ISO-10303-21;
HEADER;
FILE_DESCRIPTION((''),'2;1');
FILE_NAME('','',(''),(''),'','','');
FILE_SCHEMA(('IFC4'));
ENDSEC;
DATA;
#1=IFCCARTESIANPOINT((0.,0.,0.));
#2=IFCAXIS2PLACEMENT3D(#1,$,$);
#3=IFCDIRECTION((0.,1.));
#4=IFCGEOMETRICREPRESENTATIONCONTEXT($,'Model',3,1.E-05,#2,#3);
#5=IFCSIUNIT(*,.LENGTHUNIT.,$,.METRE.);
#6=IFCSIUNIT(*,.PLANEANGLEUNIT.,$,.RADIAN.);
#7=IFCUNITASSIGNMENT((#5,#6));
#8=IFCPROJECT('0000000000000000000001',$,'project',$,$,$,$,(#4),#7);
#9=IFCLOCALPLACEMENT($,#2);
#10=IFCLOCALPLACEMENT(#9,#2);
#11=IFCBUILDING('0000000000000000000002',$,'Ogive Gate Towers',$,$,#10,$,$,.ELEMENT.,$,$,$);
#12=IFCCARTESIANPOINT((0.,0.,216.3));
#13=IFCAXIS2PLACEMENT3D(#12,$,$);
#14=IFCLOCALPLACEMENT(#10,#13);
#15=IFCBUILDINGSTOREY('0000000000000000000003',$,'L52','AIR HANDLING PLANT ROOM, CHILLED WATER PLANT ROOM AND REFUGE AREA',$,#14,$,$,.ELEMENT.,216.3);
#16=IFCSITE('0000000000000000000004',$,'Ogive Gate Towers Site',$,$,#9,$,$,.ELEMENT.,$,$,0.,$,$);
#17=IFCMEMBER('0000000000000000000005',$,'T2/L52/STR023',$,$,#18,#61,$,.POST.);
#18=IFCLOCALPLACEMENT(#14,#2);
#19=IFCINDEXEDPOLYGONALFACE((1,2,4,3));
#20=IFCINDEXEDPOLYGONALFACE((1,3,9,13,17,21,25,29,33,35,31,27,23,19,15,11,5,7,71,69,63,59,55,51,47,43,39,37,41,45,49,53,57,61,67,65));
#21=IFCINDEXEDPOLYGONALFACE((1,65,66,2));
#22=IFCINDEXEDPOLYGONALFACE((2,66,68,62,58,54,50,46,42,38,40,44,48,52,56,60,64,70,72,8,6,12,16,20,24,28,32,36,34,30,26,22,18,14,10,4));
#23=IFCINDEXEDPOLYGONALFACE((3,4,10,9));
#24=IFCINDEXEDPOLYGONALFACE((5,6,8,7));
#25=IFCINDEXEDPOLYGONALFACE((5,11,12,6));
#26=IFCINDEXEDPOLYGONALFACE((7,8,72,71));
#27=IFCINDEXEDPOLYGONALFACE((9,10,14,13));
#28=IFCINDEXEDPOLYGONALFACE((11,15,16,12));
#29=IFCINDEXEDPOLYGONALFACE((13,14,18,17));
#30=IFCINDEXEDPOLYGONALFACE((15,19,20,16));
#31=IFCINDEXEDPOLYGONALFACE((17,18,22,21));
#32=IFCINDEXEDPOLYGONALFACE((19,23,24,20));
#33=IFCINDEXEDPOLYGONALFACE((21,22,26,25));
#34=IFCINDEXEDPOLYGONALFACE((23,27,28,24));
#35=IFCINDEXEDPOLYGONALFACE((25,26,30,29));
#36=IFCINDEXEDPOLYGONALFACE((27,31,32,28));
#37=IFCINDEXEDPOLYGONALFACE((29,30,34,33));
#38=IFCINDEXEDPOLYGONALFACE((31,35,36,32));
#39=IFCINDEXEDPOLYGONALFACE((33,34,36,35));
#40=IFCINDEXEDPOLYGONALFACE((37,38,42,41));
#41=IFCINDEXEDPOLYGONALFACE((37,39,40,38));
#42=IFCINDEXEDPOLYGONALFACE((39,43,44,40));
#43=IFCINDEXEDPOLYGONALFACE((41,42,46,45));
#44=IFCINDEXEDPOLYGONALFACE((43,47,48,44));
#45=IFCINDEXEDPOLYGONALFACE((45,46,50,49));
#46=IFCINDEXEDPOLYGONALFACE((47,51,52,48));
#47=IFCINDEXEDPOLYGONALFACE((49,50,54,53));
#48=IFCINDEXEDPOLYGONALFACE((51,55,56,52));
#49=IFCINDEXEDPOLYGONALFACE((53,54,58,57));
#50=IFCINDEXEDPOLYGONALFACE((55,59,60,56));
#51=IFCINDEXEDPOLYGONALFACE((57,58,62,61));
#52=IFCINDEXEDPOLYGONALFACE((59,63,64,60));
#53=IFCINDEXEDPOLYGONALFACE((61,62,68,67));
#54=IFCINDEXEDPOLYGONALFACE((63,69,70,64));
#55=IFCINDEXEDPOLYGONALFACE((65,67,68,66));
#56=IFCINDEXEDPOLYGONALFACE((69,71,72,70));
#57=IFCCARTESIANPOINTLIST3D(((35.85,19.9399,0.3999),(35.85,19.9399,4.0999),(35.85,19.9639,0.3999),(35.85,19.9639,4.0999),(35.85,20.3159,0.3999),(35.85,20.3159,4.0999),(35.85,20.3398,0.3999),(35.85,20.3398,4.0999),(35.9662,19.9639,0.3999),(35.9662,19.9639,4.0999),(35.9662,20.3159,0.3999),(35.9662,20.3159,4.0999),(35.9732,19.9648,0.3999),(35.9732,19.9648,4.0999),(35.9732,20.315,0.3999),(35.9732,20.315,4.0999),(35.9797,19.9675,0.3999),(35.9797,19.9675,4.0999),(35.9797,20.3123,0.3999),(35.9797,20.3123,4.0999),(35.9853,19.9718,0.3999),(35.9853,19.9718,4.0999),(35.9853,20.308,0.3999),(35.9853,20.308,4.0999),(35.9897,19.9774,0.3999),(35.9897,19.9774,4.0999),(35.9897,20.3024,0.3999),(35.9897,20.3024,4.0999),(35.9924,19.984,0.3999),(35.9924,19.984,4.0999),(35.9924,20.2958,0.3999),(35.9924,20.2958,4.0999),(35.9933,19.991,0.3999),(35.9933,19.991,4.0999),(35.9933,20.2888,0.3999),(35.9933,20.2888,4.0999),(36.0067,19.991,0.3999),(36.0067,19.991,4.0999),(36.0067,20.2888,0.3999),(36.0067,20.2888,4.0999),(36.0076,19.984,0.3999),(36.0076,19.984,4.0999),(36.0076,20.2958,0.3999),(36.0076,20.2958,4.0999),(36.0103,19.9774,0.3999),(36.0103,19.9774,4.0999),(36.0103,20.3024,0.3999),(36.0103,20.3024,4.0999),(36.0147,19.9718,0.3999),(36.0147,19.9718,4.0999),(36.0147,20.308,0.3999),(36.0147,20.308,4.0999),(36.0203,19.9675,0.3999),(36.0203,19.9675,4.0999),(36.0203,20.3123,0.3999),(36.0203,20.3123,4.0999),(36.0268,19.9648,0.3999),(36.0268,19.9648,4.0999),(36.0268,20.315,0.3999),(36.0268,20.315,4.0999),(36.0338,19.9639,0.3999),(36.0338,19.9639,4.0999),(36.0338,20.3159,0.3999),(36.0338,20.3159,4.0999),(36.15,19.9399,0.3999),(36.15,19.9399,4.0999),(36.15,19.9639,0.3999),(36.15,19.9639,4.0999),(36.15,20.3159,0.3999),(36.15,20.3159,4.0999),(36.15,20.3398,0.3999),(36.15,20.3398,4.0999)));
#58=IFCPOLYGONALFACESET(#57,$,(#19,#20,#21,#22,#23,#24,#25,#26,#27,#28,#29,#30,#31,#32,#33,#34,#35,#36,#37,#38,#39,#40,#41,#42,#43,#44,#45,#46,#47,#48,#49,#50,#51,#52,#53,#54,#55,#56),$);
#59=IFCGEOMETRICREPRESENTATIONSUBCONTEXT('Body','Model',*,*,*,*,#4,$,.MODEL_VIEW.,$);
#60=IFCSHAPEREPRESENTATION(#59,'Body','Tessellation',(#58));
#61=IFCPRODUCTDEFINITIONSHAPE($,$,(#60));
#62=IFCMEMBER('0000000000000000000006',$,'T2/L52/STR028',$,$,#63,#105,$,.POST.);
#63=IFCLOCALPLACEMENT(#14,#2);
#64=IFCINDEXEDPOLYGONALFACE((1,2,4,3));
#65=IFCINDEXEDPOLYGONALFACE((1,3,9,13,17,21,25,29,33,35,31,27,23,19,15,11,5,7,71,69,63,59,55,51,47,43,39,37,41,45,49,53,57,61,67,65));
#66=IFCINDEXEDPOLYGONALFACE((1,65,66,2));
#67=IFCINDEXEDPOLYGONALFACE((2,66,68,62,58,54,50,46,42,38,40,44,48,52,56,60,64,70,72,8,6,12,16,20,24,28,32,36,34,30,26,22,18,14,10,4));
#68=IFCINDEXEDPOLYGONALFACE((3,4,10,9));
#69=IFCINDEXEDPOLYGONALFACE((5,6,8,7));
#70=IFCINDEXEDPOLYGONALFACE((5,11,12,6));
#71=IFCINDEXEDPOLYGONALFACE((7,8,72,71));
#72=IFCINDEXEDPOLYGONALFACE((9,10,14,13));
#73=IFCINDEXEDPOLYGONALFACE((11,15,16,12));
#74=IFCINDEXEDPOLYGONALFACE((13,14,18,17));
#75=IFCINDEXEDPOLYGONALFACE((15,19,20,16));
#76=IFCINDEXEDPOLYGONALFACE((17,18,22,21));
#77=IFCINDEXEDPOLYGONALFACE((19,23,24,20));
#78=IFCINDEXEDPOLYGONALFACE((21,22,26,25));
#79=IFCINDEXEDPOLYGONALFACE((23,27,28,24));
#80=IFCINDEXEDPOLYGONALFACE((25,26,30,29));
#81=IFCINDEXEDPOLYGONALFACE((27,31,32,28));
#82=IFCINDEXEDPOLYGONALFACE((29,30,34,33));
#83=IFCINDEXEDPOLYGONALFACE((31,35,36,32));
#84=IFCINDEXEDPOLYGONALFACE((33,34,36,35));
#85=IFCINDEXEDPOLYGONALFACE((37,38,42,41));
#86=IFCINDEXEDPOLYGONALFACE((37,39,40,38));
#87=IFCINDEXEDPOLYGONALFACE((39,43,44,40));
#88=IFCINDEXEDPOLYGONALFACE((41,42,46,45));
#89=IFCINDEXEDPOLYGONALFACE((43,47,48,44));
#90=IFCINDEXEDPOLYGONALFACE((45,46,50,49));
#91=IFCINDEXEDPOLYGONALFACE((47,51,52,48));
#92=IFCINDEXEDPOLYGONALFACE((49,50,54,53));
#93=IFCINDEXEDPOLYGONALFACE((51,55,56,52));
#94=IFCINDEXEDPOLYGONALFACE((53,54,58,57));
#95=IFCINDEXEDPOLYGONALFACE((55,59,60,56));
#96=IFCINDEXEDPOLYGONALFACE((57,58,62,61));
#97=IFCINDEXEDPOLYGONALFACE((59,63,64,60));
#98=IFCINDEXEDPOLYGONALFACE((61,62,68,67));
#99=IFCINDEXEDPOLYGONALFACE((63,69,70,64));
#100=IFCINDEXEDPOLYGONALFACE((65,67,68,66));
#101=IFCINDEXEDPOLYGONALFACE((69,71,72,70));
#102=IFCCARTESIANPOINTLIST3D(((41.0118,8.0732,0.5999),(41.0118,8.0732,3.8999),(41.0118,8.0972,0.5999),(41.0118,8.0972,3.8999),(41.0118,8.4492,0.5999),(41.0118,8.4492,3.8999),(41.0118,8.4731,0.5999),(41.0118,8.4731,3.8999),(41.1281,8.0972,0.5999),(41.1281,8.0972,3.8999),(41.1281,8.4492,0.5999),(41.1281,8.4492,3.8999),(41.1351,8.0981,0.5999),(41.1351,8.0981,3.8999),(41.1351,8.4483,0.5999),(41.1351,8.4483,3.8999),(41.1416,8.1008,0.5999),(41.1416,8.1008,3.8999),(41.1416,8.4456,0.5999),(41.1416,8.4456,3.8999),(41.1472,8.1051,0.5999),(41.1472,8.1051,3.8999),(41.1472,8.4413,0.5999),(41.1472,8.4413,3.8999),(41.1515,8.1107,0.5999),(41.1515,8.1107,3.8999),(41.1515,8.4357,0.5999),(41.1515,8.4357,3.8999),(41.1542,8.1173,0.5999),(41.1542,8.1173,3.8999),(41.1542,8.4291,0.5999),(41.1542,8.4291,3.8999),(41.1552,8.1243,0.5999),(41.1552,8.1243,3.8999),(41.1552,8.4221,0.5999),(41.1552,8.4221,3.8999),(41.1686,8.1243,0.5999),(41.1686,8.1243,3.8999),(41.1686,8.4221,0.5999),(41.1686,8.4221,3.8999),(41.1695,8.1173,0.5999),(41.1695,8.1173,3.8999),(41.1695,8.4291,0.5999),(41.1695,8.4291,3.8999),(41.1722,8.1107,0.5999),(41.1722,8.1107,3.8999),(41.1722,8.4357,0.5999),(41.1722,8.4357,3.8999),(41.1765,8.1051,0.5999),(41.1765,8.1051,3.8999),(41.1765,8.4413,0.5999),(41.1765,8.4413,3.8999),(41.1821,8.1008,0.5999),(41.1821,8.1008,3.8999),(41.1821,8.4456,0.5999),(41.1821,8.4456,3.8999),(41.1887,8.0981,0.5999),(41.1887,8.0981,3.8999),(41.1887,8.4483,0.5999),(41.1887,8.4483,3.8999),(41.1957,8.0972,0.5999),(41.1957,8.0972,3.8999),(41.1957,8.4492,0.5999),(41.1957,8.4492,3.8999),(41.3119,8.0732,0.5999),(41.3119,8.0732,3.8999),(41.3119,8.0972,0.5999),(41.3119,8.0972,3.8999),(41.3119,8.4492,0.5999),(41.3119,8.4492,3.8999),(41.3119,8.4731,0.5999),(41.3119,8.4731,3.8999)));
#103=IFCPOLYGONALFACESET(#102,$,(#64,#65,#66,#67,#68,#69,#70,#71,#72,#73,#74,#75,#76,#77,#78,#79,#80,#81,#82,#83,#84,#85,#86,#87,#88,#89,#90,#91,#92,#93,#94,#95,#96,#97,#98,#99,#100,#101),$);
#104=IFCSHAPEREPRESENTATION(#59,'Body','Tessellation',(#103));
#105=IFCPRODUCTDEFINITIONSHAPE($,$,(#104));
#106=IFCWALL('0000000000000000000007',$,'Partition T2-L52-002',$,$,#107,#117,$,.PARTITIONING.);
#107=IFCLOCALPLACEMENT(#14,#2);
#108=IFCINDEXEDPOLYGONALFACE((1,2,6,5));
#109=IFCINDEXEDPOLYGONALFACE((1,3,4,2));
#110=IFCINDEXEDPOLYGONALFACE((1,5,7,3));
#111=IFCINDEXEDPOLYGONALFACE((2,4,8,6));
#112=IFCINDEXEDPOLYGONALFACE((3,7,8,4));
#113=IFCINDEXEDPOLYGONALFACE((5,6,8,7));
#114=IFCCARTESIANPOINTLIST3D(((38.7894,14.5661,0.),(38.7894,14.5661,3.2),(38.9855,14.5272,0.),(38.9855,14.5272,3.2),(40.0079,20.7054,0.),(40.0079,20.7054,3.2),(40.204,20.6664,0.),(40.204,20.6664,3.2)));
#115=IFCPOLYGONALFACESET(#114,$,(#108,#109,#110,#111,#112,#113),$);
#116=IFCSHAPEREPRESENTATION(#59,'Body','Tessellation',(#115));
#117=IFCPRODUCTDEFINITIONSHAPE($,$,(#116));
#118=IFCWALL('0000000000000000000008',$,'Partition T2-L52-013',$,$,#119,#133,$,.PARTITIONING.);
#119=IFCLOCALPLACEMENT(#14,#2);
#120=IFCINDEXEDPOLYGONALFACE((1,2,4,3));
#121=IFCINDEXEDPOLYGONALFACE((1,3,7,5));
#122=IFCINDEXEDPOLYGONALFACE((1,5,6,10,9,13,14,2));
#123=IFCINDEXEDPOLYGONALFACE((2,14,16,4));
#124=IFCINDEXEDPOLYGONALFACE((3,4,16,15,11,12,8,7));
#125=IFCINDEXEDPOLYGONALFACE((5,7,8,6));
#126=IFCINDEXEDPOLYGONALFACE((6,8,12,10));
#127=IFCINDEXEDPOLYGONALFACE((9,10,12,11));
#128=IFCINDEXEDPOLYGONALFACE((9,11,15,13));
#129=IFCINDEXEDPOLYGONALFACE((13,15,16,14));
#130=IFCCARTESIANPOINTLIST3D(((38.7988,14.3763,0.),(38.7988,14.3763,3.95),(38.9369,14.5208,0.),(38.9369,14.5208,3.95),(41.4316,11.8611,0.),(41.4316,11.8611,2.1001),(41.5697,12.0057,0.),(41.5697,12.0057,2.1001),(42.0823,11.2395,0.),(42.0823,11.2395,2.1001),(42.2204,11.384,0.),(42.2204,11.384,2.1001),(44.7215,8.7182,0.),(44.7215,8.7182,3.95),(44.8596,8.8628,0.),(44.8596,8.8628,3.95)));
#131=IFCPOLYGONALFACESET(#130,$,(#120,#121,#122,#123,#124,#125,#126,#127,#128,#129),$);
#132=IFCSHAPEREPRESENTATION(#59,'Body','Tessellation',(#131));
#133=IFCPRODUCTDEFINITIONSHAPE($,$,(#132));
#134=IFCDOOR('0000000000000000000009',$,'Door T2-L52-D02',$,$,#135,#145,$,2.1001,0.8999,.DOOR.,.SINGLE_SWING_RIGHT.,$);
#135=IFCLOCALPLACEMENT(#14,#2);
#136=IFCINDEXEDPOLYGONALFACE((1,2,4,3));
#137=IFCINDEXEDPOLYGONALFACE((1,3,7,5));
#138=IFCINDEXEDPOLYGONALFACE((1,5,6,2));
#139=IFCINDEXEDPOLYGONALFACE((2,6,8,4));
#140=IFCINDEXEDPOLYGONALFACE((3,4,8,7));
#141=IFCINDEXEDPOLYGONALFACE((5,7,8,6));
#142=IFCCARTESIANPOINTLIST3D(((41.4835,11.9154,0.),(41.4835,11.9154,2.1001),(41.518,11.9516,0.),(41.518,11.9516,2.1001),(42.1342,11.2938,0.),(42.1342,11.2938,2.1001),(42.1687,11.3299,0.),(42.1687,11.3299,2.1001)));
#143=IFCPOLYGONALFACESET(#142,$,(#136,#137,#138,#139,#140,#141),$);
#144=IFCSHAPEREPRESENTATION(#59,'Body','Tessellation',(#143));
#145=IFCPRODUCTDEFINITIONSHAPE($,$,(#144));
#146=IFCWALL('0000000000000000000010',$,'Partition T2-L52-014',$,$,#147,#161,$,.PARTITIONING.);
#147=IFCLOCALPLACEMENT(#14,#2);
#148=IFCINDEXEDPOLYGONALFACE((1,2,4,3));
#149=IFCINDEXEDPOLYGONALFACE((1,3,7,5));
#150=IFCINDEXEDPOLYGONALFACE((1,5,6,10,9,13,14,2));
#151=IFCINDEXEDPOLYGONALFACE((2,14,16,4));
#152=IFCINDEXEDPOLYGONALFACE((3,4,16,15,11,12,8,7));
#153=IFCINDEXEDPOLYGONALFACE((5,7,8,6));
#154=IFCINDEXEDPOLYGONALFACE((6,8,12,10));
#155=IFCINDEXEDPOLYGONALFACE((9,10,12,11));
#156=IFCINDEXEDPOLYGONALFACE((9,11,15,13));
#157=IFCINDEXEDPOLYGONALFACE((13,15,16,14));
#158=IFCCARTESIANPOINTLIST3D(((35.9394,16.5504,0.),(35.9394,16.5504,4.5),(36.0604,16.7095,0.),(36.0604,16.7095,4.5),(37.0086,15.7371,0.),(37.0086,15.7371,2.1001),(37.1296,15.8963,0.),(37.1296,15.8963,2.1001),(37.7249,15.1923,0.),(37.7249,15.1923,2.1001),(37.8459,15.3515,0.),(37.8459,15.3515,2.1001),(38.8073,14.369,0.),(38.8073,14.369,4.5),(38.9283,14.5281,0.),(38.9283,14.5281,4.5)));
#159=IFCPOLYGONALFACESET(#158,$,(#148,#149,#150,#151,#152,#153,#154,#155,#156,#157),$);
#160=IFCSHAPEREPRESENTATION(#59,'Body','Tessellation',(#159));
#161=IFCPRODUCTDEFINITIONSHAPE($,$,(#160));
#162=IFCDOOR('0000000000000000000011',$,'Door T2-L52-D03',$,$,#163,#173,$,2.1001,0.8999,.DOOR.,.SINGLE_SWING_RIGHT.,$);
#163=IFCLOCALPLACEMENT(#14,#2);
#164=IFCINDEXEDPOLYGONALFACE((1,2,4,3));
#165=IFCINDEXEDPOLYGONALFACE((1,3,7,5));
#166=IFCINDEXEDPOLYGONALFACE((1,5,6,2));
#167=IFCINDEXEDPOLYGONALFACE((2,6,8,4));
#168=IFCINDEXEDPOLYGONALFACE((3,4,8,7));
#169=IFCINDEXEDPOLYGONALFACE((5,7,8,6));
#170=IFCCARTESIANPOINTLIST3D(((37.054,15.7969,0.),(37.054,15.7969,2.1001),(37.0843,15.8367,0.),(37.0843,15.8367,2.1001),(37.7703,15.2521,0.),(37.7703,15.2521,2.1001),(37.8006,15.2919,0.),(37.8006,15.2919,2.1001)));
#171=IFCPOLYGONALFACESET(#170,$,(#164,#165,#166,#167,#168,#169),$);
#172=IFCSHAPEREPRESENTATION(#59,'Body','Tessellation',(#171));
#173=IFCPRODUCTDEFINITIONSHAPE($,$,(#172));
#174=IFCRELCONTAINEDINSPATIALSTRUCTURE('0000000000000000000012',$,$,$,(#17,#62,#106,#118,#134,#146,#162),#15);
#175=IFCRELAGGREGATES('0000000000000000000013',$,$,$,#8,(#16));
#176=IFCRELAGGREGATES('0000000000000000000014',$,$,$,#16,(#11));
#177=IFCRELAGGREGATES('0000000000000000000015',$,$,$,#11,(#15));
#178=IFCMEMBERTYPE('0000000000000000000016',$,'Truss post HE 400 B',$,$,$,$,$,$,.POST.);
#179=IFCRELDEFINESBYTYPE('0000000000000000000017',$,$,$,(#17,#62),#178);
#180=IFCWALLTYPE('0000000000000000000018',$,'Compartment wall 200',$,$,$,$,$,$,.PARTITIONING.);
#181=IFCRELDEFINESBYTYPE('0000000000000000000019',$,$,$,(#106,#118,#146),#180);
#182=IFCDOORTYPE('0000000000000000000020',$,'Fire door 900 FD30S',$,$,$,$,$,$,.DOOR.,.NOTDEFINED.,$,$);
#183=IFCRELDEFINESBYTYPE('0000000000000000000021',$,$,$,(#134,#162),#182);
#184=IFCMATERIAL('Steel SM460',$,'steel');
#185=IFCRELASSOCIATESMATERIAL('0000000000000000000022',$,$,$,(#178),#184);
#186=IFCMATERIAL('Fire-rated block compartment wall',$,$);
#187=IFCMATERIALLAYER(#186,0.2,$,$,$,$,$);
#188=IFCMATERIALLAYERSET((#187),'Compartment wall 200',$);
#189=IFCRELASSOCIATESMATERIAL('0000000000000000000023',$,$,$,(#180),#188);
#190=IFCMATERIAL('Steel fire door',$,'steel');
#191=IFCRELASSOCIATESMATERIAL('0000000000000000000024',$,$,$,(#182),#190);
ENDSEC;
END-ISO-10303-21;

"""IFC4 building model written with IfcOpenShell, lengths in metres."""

from ifc_helpers import new_model, si_unit, direction, frame, frame_2d, origin, origin_2d, place, context, subcontext, project, spatial, rectangle, i_section, extrude, material, layer, layer_set, material_profile, profile_set, type_object, element, fill, save


model = new_model("IFC4")

# Units and contexts
model_context = context("Model", 3, precision=1e-05, world=origin(), true_north=direction((0.0, 1.0)))
body_context = subcontext(model_context, "Body", "Model", "MODEL_VIEW")
ifc_project = project(units=[si_unit("LENGTHUNIT", "METRE"), si_unit("PLANEANGLEUNIT", "RADIAN")], contexts=[model_context])

# Site, building, storey
site_placement = place(None, origin())
site = spatial("IfcSite", under=ifc_project, at=site_placement, Name="Ogive Gate Towers Site", CompositionType="ELEMENT", RefElevation=0.0)
building_placement = place(site_placement, origin())
building = spatial("IfcBuilding", under=site, at=building_placement, Name="Ogive Gate Towers", CompositionType="ELEMENT")
storey_placement = place(building_placement, frame((0.0, 0.0, 216.3)))
storey = spatial("IfcBuildingStorey", under=building, at=storey_placement, Name="L52", Description="AIR HANDLING PLANT ROOM, CHILLED WATER PLANT ROOM AND REFUGE AREA", CompositionType="ELEMENT", Elevation=216.3)

# Shared definitions
ifc_material_1 = material(Name="Steel SM460", Category="steel")

# Members
ifc_material_profile_1 = material_profile(ifc_material_1, i_section(OverallWidth=0.3, OverallDepth=0.3999, WebThickness=0.0134, FlangeThickness=0.0239, FilletRadius=0.0271, at=origin_2d()), Name="HE 400 B")
ifc_profile_set_1 = profile_set([ifc_material_profile_1], Name="Steel SM460")
member_type_1 = type_object("IfcMemberType", Name="Truss post HE 400 B", PredefinedType="POST", material=ifc_profile_set_1)
for number, where, z_axis, x_axis, name in (
    (1, (36.0, 20.1399, 0.3999), (0.0, 0.0, 1.0), (1.0, 0.0, 0.0), "T2/L52/STR023"),
):
    element("IfcMember", number, at=place(storey_placement, frame(where, z_axis=z_axis, x_axis=x_axis)), inside=storey, type_object=member_type_1, Name=name, PredefinedType="POST", context=body_context, shape_type="SweptSolid", body=[
        extrude(i_section(OverallWidth=0.3, OverallDepth=0.3999, WebThickness=0.0134, FlangeThickness=0.0239, FilletRadius=0.0271, at=origin_2d()), origin(), (0.0, 0.0, 1.0), 3.7),
    ])
member_1_placement = place(storey_placement, frame((41.1619, 8.2732, 0.5999), z_axis=(0.0, 0.0, 1.0), x_axis=(1.0, 0.0, 0.0)))
element("IfcMember", 2, at=member_1_placement, inside=storey, type_object=member_type_1, Name="T2/L52/STR028", PredefinedType="POST", context=body_context, shape_type="SweptSolid", body=[
    extrude(i_section(OverallWidth=0.3, OverallDepth=0.3999, WebThickness=0.0134, FlangeThickness=0.0239, FilletRadius=0.0271, at=origin_2d()), origin(), (0.0, 0.0, 1.0), 3.3),
])

# Wall
ifc_material_2 = material(Name="Fire-rated block compartment wall")
ifc_layer_1 = layer(ifc_material_2, 0.2)
ifc_layer_set_1 = layer_set([ifc_layer_1], Name="Compartment wall 200")
wall_type_1 = type_object("IfcWallType", Name="Compartment wall 200", PredefinedType="PARTITIONING", material=ifc_layer_set_1)
wall_1_placement = place(storey_placement, frame((40.106, 20.6858, 0.0), z_axis=(0.0, 0.0, 1.0), x_axis=(-0.194683, -0.980866, 0.0)))
element("IfcWall", 3, at=wall_1_placement, inside=storey, type_object=wall_type_1, Name="Partition T2-L52-002", PredefinedType="PARTITIONING", context=body_context, shape_type="SweptSolid", body=[
    extrude(rectangle(XDim=6.259, YDim=0.2, at=frame_2d((3.1294, 0.0))), origin(), (0.0, 0.0, 1.0), 3.2),
])

# Walls, openings, doors
wall_2_placement = place(storey_placement, frame((44.7905, 8.7905, 0.0), z_axis=(0.0, 0.0, 1.0), x_axis=(-0.723077, 0.690767, 0.0)))
wall_2 = element("IfcWall", 4, at=wall_2_placement, inside=storey, type_object=wall_type_1, Name="Partition T2-L52-013", PredefinedType="PARTITIONING", context=body_context, shape_type="SweptSolid", body=[
    extrude(rectangle(XDim=8.1909, YDim=0.2, at=frame_2d((4.0955, 0.0))), origin(), (0.0, 0.0, 1.0), 3.95),
])
opening_1_placement = place(wall_2_placement, frame((3.6499, 0.0, 0.0)))
opening_1 = element("IfcOpeningElement", 5, at=opening_1_placement, cuts=wall_2, PredefinedType="OPENING", context=body_context, shape_type="SweptSolid", body=[
    extrude(rectangle(XDim=0.8999, YDim=2.1001, at=frame_2d((0.45, 1.05))), frame((0.0, 0.1099, 0.0), z_axis=(0.0, -1.0, 0.0), x_axis=(1.0, 0.0, 0.0)), (0.0, 0.0, 1.0), 0.22),
])
ifc_material_3 = material(Name="Steel fire door", Category="steel")
door_type = type_object("IfcDoorType", Name="Fire door 900 FD30S", OperationType="NOTDEFINED", PredefinedType="DOOR", material=ifc_material_3)
door_1_placement = place(opening_1_placement, origin())
door_1 = element("IfcDoor", 6, at=door_1_placement, inside=storey, type_object=door_type, Name="Door T2-L52-D02", OperationType="SINGLE_SWING_RIGHT", OverallHeight=2.1001, OverallWidth=0.8999, PredefinedType="DOOR", context=body_context, shape_type="SweptSolid", body=[
    extrude(rectangle(XDim=0.8999, YDim=2.1001, at=frame_2d((0.45, 1.05))), frame((0.0, 0.0249, 0.0), z_axis=(0.0, -1.0, 0.0), x_axis=(1.0, 0.0, 0.0)), (0.0, 0.0, 1.0), 0.05),
])
fill(opening_1, door_1)
wall_3_placement = place(storey_placement, frame((38.8679, 14.4485, 0.0), z_axis=(0.0, 0.0, 1.0), x_axis=(-0.795925, 0.605396, 0.0)))
wall_3 = element("IfcWall", 7, at=wall_3_placement, inside=storey, type_object=wall_type_1, Name="Partition T2-L52-014", PredefinedType="PARTITIONING", context=body_context, shape_type="SweptSolid", body=[
    extrude(rectangle(XDim=3.6033, YDim=0.2, at=frame_2d((1.8018, 0.0))), origin(), (0.0, 0.0, 1.0), 4.5),
])
opening_2_placement = place(wall_3_placement, frame((1.3601, 0.0, 0.0)))
opening_2 = element("IfcOpeningElement", 8, at=opening_2_placement, cuts=wall_3, PredefinedType="OPENING", context=body_context, shape_type="SweptSolid", body=[
    extrude(rectangle(XDim=0.8999, YDim=2.1001, at=frame_2d((0.45, 1.05))), frame((0.0, 0.1099, 0.0), z_axis=(0.0, -1.0, 0.0), x_axis=(1.0, 0.0, 0.0)), (0.0, 0.0, 1.0), 0.22),
])
door_2_placement = place(opening_2_placement, origin())
door_2 = element("IfcDoor", 9, at=door_2_placement, inside=storey, type_object=door_type, Name="Door T2-L52-D03", OperationType="SINGLE_SWING_RIGHT", OverallHeight=2.1001, OverallWidth=0.8999, PredefinedType="DOOR", context=body_context, shape_type="SweptSolid", body=[
    extrude(rectangle(XDim=0.8999, YDim=2.1001, at=frame_2d((0.45, 1.05))), frame((0.0, 0.0249, 0.0), z_axis=(0.0, -1.0, 0.0), x_axis=(1.0, 0.0, 0.0)), (0.0, 0.0, 1.0), 0.05),
])
fill(opening_2, door_2)

save(model, "model.ifc")
